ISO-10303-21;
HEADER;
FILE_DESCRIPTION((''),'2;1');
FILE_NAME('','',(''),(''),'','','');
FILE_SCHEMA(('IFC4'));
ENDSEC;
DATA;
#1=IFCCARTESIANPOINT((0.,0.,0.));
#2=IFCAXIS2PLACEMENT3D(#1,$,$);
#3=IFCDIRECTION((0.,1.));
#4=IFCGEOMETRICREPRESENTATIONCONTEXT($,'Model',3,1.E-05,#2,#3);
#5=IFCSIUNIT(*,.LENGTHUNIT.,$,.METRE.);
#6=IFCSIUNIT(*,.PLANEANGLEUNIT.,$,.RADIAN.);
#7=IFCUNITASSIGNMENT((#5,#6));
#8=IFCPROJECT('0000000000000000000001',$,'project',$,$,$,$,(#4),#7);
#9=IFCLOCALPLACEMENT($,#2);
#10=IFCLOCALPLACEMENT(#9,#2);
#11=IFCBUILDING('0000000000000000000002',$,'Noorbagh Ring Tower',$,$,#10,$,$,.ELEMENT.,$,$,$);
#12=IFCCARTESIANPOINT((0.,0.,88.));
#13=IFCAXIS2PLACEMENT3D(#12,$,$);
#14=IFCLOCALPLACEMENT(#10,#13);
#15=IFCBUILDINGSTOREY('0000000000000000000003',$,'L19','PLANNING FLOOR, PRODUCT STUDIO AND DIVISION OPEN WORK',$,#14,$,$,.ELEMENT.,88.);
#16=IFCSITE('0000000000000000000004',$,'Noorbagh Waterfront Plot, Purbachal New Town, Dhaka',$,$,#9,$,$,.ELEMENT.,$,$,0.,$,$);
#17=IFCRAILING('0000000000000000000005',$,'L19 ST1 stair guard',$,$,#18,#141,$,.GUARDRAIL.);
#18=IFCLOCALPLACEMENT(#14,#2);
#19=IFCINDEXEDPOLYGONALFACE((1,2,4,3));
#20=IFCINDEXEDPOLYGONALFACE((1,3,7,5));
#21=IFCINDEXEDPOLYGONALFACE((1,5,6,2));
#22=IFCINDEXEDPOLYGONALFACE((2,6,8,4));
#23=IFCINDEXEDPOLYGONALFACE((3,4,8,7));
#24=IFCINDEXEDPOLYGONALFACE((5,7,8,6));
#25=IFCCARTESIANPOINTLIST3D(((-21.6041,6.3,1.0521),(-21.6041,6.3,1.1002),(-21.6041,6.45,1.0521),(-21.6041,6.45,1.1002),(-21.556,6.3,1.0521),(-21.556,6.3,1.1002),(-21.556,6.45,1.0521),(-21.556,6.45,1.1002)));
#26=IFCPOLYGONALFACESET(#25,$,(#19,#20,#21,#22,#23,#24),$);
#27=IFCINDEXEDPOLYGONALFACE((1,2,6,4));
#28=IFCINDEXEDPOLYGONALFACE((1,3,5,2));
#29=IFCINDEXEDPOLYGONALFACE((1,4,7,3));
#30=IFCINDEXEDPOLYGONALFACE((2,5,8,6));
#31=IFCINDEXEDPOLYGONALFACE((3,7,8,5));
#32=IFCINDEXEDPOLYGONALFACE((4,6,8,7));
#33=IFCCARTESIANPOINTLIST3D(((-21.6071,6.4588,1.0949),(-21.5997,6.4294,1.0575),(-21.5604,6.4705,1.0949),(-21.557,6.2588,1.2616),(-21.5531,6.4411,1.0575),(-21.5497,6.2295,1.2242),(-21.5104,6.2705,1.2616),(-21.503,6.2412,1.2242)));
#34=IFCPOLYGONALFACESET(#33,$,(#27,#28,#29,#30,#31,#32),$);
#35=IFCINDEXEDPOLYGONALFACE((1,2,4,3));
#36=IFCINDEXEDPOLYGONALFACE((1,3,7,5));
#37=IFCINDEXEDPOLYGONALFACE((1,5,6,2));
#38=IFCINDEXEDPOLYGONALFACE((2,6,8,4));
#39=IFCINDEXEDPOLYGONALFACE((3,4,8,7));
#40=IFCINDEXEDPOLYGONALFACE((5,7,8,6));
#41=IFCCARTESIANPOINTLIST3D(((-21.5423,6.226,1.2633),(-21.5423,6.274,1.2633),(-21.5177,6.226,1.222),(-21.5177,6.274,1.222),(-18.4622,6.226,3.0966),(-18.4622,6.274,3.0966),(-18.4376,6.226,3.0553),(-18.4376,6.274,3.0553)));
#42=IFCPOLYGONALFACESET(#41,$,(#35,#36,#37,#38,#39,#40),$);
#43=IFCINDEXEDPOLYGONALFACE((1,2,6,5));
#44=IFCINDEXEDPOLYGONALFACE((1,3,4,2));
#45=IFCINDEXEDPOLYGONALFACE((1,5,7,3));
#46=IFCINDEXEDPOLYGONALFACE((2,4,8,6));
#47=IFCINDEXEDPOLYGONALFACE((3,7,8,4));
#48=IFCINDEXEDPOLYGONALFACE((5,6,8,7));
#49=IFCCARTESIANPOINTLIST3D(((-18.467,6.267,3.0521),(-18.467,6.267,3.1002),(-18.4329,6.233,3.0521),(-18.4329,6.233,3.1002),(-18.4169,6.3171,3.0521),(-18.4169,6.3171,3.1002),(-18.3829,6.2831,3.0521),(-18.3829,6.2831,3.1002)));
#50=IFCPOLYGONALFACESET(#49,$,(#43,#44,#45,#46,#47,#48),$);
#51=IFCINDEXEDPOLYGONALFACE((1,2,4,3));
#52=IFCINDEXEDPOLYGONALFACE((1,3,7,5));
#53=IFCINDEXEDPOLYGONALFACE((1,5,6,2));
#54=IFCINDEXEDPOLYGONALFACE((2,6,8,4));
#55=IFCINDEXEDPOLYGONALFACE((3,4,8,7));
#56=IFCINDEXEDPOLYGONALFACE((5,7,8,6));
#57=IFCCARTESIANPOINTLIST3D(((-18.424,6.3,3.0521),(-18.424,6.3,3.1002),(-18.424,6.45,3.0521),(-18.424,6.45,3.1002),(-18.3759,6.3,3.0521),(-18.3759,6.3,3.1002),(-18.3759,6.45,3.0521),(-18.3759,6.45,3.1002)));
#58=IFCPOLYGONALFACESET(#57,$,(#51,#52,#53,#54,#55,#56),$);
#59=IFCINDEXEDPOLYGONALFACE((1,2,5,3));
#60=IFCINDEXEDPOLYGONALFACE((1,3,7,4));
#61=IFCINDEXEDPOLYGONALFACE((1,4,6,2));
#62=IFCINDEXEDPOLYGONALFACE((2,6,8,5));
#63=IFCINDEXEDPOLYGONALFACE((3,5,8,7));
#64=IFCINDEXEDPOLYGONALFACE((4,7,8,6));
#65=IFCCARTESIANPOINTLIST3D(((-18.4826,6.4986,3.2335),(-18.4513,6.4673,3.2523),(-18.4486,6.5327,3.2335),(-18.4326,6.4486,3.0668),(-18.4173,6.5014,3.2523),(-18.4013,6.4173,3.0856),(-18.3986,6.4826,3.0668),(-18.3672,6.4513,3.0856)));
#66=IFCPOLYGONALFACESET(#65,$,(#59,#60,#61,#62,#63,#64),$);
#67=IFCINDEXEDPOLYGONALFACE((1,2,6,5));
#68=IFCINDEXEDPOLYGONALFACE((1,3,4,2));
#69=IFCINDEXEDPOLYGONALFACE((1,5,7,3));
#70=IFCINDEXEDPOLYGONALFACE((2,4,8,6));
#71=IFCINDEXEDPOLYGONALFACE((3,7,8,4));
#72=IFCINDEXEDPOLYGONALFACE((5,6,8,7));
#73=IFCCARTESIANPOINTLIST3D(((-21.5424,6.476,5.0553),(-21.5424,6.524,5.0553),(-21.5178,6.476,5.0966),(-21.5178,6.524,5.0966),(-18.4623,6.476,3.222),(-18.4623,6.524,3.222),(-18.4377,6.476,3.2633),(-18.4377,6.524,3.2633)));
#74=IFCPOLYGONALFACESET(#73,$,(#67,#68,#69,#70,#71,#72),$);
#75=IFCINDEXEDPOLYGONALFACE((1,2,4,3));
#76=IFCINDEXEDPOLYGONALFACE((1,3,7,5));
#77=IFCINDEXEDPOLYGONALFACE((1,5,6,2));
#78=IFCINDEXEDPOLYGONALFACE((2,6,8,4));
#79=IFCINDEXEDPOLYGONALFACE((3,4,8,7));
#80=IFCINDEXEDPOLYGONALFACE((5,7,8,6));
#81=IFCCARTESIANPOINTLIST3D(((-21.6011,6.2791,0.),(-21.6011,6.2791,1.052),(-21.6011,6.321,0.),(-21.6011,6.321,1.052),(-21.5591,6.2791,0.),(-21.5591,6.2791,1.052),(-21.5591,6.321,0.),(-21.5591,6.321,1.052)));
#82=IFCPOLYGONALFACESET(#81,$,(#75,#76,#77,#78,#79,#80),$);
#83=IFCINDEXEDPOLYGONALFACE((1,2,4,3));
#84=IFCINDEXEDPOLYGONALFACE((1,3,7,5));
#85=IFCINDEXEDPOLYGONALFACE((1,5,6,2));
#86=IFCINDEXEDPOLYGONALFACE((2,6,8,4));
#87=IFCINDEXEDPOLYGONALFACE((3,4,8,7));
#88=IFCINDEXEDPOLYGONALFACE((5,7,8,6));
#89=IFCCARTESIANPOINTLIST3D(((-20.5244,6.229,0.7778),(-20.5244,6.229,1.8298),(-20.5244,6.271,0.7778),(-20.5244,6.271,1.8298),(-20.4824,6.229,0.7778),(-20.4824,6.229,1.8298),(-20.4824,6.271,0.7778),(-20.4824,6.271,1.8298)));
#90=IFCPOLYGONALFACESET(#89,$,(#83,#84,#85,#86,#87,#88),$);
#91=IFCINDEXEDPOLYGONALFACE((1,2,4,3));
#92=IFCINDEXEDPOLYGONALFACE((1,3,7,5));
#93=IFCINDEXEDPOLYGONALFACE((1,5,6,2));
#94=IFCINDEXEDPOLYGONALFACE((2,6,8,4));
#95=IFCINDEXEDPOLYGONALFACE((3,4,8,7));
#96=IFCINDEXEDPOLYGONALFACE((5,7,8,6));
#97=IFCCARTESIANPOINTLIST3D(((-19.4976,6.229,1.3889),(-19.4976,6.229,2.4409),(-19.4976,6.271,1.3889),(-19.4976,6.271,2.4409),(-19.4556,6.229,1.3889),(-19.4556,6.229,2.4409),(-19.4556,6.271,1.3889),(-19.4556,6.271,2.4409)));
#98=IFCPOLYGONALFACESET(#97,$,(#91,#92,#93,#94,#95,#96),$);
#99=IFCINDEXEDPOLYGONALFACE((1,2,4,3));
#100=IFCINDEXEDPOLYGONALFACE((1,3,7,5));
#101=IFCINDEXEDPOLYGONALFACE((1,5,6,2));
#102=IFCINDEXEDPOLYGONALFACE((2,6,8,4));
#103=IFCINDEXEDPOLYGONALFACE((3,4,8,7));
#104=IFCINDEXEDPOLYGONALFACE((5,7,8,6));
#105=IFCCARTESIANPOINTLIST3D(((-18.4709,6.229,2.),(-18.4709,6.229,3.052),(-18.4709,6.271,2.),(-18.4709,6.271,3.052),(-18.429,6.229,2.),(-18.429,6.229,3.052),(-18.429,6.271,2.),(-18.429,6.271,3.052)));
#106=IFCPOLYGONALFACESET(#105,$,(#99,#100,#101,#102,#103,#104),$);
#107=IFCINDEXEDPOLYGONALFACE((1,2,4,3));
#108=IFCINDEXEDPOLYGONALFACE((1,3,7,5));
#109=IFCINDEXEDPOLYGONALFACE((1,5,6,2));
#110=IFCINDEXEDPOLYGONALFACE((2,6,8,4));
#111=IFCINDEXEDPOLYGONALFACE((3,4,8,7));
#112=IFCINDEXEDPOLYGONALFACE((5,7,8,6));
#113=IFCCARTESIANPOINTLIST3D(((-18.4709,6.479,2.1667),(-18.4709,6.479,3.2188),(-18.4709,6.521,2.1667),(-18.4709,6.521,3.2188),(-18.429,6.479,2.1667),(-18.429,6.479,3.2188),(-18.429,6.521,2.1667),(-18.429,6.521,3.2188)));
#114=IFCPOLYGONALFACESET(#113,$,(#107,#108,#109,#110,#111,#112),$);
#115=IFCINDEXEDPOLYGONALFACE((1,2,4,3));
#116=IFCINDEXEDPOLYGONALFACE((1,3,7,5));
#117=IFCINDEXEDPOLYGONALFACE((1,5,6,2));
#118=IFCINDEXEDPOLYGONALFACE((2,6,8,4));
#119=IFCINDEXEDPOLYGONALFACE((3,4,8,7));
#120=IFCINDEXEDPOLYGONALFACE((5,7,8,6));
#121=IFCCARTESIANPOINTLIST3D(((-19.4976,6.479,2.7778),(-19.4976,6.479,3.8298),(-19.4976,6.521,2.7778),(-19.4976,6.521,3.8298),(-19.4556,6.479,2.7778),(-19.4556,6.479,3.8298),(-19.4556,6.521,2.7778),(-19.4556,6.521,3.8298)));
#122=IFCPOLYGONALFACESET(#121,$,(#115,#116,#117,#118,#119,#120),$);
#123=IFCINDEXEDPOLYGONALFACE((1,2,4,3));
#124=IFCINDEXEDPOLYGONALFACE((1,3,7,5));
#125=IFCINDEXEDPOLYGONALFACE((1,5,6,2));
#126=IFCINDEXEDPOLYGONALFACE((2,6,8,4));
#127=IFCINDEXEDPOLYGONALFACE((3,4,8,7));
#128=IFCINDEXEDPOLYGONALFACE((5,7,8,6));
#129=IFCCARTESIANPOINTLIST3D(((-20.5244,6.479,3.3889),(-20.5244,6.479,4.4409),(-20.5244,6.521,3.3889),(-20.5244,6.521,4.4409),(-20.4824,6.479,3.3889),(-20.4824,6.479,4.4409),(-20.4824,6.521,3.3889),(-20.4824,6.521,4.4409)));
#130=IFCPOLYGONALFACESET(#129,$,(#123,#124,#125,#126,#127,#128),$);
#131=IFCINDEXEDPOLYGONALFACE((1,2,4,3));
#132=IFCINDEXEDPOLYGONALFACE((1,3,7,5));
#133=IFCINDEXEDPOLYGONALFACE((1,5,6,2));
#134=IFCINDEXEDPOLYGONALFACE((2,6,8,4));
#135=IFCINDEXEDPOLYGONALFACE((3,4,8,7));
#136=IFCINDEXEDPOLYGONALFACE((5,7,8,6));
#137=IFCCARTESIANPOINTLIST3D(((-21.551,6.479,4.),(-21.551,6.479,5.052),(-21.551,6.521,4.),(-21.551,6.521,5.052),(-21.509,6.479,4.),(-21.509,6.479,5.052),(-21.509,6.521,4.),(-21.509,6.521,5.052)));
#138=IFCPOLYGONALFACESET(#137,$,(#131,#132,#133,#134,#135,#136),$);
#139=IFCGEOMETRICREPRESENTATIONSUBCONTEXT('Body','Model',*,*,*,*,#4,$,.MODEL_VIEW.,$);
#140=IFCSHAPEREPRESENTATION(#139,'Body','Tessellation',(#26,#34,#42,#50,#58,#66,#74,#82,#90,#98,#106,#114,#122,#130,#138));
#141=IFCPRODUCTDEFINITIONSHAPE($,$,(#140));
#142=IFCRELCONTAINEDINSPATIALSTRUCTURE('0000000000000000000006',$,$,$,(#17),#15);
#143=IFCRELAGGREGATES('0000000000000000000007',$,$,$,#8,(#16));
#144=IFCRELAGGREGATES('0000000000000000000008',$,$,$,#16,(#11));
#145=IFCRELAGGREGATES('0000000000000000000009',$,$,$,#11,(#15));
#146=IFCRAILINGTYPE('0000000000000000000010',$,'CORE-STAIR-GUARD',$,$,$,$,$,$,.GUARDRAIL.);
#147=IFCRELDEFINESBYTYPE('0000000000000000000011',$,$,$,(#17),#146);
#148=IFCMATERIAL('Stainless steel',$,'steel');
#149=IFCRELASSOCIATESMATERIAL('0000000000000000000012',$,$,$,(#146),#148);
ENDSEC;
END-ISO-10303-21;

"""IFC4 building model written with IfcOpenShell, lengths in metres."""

from ifc_helpers import new_model, si_unit, direction, frame, origin, origin_2d, place, context, subcontext, project, spatial, rectangle, extrude, material, type_object, element, save


model = new_model("IFC4")

# Units and contexts
model_context = context("Model", 3, precision=1e-05, world=origin(), true_north=direction((0.0, 1.0)))
body_context = subcontext(model_context, "Body", "Model", "MODEL_VIEW")
ifc_project = project(units=[si_unit("LENGTHUNIT", "METRE"), si_unit("PLANEANGLEUNIT", "RADIAN")], contexts=[model_context])

# Site, building, storey
site_placement = place(None, origin())
site = spatial("IfcSite", under=ifc_project, at=site_placement, Name="Noorbagh Waterfront Plot, Purbachal New Town, Dhaka", CompositionType="ELEMENT", RefElevation=0.0)
building_placement = place(site_placement, origin())
building = spatial("IfcBuilding", under=site, at=building_placement, Name="Noorbagh Ring Tower", CompositionType="ELEMENT")
storey_placement = place(building_placement, frame((0.0, 0.0, 88.0)))
storey = spatial("IfcBuildingStorey", under=building, at=storey_placement, Name="L19", Description="PLANNING FLOOR, PRODUCT STUDIO AND DIVISION OPEN WORK", CompositionType="ELEMENT", Elevation=88.0)

# Railing
ifc_material_1 = material(Name="Stainless steel", Category="steel")
railing_type_1 = type_object("IfcRailingType", Name="CORE-STAIR-GUARD", PredefinedType="GUARDRAIL", material=ifc_material_1)
railing_1_placement = place(storey_placement, frame((-21.5801, 6.3, 0.0)))
element("IfcRailing", 1, at=railing_1_placement, inside=storey, type_object=railing_type_1, Name="L19 ST1 stair guard", PredefinedType="GUARDRAIL", context=body_context, shape_type="SweptSolid", body=[
    extrude(rectangle(XDim=0.0481, YDim=0.0481, at=origin_2d()), frame((0.0, 0.0, 1.0762), z_axis=(0.0, 1.0, 0.0), x_axis=(-1.0, 0.0, 0.0)), (0.0, 0.0, 1.0), 0.1499),
    extrude(rectangle(XDim=0.0481, YDim=0.0481, at=origin_2d()), frame((0.0, 0.1499, 1.0762), z_axis=(0.188776, -0.754182, 0.628946), x_axis=(0.970073, 0.242814, 0.0)), (0.0, 0.0, 1.0), 0.2651),
    extrude(rectangle(XDim=0.0481, YDim=0.0481, at=origin_2d()), frame((0.05, -0.05, 1.2427), z_axis=(0.859309, 0.0, 0.511458), x_axis=(0.0, 1.0, 0.0)), (0.0, 0.0, 1.0), 3.5845),
    extrude(rectangle(XDim=0.0481, YDim=0.0481, at=origin_2d()), frame((3.1301, -0.05, 3.0762), z_axis=(0.707107, 0.707107, 0.0), x_axis=(-0.707107, 0.707107, 0.0)), (0.0, 0.0, 1.0), 0.0708),
    extrude(rectangle(XDim=0.0481, YDim=0.0481, at=origin_2d()), frame((3.1802, 0.0, 3.0762), z_axis=(0.0, 1.0, 0.0), x_axis=(-1.0, 0.0, 0.0)), (0.0, 0.0, 1.0), 0.1499),
    extrude(rectangle(XDim=0.0481, YDim=0.0481, at=origin_2d()), frame((3.1802, 0.1499, 3.0762), z_axis=(-0.276287, 0.276287, 0.920506), x_axis=(-0.707107, -0.707107, 0.0)), (0.0, 0.0, 1.0), 0.1812),
    extrude(rectangle(XDim=0.0481, YDim=0.0481, at=origin_2d()), frame((3.1301, 0.2, 3.2427), z_axis=(-0.859309, 0.0, 0.511458), x_axis=(0.0, -1.0, 0.0)), (0.0, 0.0, 1.0), 3.5845),
    extrude(rectangle(XDim=0.042, YDim=0.042, at=origin_2d()), origin(), (0.0, 0.0, 1.0), 1.052),
    extrude(rectangle(XDim=0.042, YDim=0.042, at=origin_2d()), frame((1.0767, -0.05, 0.7778)), (0.0, 0.0, 1.0), 1.052),
    extrude(rectangle(XDim=0.042, YDim=0.042, at=origin_2d()), frame((2.1035, -0.05, 1.3889)), (0.0, 0.0, 1.0), 1.052),
    extrude(rectangle(XDim=0.042, YDim=0.042, at=origin_2d()), frame((3.1301, -0.05, 2.0)), (0.0, 0.0, 1.0), 1.052),
    extrude(rectangle(XDim=0.042, YDim=0.042, at=origin_2d()), frame((3.1301, 0.2, 2.1667)), (0.0, 0.0, 1.0), 1.052),
    extrude(rectangle(XDim=0.042, YDim=0.042, at=origin_2d()), frame((2.1035, 0.2, 2.7778)), (0.0, 0.0, 1.0), 1.052),
    extrude(rectangle(XDim=0.042, YDim=0.042, at=origin_2d()), frame((1.0767, 0.2, 3.3889)), (0.0, 0.0, 1.0), 1.052),
    extrude(rectangle(XDim=0.042, YDim=0.042, at=origin_2d()), frame((0.05, 0.2, 4.0)), (0.0, 0.0, 1.0), 1.052),
])

save(model, "model.ifc")
